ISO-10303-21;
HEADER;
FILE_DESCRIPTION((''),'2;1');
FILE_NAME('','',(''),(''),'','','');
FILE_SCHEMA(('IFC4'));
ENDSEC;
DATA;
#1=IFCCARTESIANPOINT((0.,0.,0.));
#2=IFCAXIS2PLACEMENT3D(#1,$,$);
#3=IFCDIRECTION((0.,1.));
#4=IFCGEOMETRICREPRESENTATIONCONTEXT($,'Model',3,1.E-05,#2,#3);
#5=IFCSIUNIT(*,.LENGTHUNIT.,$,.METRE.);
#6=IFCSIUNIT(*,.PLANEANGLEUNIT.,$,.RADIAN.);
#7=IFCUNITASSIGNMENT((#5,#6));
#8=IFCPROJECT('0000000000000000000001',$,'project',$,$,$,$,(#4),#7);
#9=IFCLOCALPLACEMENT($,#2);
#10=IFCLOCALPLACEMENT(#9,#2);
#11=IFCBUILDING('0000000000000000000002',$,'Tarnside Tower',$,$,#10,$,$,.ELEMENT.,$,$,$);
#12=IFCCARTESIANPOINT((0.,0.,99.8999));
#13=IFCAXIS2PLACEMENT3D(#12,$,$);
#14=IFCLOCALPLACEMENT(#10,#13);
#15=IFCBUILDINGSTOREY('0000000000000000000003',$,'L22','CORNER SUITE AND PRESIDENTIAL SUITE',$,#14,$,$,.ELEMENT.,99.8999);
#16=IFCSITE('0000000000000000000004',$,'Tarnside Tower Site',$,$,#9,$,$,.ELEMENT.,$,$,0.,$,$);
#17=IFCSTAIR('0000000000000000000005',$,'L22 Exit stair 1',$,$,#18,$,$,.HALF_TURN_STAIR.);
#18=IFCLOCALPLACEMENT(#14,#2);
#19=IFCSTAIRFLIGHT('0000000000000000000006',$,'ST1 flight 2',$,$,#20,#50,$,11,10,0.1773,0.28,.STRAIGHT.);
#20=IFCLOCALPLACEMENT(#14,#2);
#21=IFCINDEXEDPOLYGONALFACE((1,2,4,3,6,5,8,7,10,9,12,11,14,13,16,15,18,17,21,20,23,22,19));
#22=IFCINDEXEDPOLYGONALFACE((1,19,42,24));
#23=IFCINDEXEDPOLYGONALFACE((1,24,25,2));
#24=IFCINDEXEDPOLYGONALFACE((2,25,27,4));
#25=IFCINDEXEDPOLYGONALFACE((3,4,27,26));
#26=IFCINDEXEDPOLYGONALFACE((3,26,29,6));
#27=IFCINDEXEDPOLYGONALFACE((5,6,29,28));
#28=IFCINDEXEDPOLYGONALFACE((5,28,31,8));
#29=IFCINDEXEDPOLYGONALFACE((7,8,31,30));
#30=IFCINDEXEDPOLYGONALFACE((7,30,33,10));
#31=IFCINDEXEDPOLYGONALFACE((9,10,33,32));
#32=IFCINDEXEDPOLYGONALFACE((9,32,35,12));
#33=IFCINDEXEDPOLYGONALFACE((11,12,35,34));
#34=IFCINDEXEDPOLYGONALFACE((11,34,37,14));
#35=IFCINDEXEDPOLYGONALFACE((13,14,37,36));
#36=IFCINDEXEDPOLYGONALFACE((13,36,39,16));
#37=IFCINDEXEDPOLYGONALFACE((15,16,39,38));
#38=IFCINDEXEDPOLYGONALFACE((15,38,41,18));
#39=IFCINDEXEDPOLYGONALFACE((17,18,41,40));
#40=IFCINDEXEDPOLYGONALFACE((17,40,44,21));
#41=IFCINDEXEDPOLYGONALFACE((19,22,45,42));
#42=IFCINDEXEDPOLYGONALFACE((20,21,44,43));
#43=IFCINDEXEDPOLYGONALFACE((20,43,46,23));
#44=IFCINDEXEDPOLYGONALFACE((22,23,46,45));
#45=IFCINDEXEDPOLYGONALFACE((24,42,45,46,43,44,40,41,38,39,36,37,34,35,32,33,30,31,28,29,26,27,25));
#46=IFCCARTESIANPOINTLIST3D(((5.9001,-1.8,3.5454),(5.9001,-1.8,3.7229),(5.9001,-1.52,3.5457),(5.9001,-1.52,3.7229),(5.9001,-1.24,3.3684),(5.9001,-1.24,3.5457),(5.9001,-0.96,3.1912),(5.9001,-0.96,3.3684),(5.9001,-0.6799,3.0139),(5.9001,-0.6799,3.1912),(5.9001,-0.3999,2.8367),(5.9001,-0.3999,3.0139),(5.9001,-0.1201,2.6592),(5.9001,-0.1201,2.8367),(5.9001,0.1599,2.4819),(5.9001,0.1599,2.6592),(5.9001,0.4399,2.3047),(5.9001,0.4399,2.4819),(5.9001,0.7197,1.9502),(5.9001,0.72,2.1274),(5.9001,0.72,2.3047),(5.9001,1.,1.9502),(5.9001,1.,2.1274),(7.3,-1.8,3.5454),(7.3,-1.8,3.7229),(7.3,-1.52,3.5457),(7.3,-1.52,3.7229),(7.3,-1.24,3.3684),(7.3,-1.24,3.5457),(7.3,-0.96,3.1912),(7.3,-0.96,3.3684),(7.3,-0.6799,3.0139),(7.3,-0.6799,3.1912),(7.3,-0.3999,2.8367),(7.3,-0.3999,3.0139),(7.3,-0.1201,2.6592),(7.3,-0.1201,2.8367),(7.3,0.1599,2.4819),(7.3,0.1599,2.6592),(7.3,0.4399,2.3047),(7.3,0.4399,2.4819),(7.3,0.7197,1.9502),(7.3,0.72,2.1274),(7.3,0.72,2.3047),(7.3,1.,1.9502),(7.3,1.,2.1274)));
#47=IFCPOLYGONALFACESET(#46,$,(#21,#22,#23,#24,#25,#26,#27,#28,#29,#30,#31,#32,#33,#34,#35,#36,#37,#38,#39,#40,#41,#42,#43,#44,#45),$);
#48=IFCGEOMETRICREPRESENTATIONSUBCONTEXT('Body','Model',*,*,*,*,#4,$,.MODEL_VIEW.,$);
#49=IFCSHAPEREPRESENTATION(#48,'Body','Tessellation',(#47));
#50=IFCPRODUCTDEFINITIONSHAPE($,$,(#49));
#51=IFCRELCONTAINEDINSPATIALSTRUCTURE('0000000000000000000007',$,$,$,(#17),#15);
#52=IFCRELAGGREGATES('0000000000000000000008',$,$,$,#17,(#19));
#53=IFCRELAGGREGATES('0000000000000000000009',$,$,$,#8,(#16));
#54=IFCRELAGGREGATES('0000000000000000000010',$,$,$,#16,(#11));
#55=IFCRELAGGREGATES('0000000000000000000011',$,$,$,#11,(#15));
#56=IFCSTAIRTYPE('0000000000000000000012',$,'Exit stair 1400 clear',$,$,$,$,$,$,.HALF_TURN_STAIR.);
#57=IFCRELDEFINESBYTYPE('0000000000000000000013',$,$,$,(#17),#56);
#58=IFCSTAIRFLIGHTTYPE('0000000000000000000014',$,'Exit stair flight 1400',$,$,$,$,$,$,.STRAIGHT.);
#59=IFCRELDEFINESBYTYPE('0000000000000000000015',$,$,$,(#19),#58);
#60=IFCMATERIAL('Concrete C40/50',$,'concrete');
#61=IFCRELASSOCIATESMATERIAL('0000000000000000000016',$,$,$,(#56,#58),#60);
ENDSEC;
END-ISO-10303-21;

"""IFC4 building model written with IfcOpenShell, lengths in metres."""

from ifc_helpers import new_model, si_unit, direction, frame, origin, place, context, subcontext, project, spatial, polyline, outline, extrude, material, type_object, element, aggregate, save


model = new_model("IFC4")

# Units and contexts
model_context = context("Model", 3, precision=1e-05, world=origin(), true_north=direction((0.0, 1.0)))
body_context = subcontext(model_context, "Body", "Model", "MODEL_VIEW")
ifc_project = project(units=[si_unit("LENGTHUNIT", "METRE"), si_unit("PLANEANGLEUNIT", "RADIAN")], contexts=[model_context])

# Site, building, storey
site_placement = place(None, origin())
site = spatial("IfcSite", under=ifc_project, at=site_placement, Name="Tarnside Tower Site", CompositionType="ELEMENT", RefElevation=0.0)
building_placement = place(site_placement, origin())
building = spatial("IfcBuilding", under=site, at=building_placement, Name="Tarnside Tower", CompositionType="ELEMENT")
storey_placement = place(building_placement, frame((0.0, 0.0, 99.8999)))
storey = spatial("IfcBuildingStorey", under=building, at=storey_placement, Name="L22", Description="CORNER SUITE AND PRESIDENTIAL SUITE", CompositionType="ELEMENT", Elevation=99.8999)

# Shared definitions
ifc_material_1 = material(Name="Concrete C40/50", Category="concrete")

# Stair, stair flight
stair_type = type_object("IfcStairType", Name="Exit stair 1400 clear", PredefinedType="HALF_TURN_STAIR", material=ifc_material_1)
stair_placement = place(storey_placement, origin())
stair = element("IfcStair", 1, at=stair_placement, inside=storey, type_object=stair_type, Name="L22 Exit stair 1", PredefinedType="HALF_TURN_STAIR")
stair_flight_type = type_object("IfcStairFlightType", Name="Exit stair flight 1400", PredefinedType="STRAIGHT", material=ifc_material_1)
stair_flight_placement = place(storey_placement, frame((6.6001, 1.0, 1.9502), z_axis=(0.0, 0.0, 1.0), x_axis=(0.0, -1.0, 0.0)))
stair_flight = element("IfcStairFlight", 2, at=stair_flight_placement, type_object=stair_flight_type, Name="ST1 flight 2", NumberOfRisers=11, NumberOfTreads=10, PredefinedType="STRAIGHT", RiserHeight=0.1773, TreadLength=0.28, context=body_context, shape_type="SweptSolid", body=[
    extrude(outline(polyline([(0.0, 0.0), (0.0, 0.1772), (0.28, 0.1772), (0.28, 0.3545), (0.5601, 0.3545), (0.5601, 0.5317), (0.8401, 0.5317), (0.8401, 0.709), (1.1201, 0.709), (1.1201, 0.8865), (1.3999, 0.8865), (1.3999, 1.0637), (1.6799, 1.0637), (1.6799, 1.241), (1.96, 1.241), (1.96, 1.4182), (2.24, 1.4182), (2.24, 1.5955), (2.52, 1.5955), (2.52, 1.7727), (2.8, 1.7727), (2.8, 1.95), (2.8, 1.5952), (0.2803, 0.0), (0.0, 0.0)])), frame((0.0, 0.7, 0.0), z_axis=(0.0, -1.0, 0.0), x_axis=(1.0, 0.0, 0.0)), (0.0, 0.0, 1.0), 1.3999),
])
aggregate(stair, [stair_flight])

save(model, "model.ifc")
